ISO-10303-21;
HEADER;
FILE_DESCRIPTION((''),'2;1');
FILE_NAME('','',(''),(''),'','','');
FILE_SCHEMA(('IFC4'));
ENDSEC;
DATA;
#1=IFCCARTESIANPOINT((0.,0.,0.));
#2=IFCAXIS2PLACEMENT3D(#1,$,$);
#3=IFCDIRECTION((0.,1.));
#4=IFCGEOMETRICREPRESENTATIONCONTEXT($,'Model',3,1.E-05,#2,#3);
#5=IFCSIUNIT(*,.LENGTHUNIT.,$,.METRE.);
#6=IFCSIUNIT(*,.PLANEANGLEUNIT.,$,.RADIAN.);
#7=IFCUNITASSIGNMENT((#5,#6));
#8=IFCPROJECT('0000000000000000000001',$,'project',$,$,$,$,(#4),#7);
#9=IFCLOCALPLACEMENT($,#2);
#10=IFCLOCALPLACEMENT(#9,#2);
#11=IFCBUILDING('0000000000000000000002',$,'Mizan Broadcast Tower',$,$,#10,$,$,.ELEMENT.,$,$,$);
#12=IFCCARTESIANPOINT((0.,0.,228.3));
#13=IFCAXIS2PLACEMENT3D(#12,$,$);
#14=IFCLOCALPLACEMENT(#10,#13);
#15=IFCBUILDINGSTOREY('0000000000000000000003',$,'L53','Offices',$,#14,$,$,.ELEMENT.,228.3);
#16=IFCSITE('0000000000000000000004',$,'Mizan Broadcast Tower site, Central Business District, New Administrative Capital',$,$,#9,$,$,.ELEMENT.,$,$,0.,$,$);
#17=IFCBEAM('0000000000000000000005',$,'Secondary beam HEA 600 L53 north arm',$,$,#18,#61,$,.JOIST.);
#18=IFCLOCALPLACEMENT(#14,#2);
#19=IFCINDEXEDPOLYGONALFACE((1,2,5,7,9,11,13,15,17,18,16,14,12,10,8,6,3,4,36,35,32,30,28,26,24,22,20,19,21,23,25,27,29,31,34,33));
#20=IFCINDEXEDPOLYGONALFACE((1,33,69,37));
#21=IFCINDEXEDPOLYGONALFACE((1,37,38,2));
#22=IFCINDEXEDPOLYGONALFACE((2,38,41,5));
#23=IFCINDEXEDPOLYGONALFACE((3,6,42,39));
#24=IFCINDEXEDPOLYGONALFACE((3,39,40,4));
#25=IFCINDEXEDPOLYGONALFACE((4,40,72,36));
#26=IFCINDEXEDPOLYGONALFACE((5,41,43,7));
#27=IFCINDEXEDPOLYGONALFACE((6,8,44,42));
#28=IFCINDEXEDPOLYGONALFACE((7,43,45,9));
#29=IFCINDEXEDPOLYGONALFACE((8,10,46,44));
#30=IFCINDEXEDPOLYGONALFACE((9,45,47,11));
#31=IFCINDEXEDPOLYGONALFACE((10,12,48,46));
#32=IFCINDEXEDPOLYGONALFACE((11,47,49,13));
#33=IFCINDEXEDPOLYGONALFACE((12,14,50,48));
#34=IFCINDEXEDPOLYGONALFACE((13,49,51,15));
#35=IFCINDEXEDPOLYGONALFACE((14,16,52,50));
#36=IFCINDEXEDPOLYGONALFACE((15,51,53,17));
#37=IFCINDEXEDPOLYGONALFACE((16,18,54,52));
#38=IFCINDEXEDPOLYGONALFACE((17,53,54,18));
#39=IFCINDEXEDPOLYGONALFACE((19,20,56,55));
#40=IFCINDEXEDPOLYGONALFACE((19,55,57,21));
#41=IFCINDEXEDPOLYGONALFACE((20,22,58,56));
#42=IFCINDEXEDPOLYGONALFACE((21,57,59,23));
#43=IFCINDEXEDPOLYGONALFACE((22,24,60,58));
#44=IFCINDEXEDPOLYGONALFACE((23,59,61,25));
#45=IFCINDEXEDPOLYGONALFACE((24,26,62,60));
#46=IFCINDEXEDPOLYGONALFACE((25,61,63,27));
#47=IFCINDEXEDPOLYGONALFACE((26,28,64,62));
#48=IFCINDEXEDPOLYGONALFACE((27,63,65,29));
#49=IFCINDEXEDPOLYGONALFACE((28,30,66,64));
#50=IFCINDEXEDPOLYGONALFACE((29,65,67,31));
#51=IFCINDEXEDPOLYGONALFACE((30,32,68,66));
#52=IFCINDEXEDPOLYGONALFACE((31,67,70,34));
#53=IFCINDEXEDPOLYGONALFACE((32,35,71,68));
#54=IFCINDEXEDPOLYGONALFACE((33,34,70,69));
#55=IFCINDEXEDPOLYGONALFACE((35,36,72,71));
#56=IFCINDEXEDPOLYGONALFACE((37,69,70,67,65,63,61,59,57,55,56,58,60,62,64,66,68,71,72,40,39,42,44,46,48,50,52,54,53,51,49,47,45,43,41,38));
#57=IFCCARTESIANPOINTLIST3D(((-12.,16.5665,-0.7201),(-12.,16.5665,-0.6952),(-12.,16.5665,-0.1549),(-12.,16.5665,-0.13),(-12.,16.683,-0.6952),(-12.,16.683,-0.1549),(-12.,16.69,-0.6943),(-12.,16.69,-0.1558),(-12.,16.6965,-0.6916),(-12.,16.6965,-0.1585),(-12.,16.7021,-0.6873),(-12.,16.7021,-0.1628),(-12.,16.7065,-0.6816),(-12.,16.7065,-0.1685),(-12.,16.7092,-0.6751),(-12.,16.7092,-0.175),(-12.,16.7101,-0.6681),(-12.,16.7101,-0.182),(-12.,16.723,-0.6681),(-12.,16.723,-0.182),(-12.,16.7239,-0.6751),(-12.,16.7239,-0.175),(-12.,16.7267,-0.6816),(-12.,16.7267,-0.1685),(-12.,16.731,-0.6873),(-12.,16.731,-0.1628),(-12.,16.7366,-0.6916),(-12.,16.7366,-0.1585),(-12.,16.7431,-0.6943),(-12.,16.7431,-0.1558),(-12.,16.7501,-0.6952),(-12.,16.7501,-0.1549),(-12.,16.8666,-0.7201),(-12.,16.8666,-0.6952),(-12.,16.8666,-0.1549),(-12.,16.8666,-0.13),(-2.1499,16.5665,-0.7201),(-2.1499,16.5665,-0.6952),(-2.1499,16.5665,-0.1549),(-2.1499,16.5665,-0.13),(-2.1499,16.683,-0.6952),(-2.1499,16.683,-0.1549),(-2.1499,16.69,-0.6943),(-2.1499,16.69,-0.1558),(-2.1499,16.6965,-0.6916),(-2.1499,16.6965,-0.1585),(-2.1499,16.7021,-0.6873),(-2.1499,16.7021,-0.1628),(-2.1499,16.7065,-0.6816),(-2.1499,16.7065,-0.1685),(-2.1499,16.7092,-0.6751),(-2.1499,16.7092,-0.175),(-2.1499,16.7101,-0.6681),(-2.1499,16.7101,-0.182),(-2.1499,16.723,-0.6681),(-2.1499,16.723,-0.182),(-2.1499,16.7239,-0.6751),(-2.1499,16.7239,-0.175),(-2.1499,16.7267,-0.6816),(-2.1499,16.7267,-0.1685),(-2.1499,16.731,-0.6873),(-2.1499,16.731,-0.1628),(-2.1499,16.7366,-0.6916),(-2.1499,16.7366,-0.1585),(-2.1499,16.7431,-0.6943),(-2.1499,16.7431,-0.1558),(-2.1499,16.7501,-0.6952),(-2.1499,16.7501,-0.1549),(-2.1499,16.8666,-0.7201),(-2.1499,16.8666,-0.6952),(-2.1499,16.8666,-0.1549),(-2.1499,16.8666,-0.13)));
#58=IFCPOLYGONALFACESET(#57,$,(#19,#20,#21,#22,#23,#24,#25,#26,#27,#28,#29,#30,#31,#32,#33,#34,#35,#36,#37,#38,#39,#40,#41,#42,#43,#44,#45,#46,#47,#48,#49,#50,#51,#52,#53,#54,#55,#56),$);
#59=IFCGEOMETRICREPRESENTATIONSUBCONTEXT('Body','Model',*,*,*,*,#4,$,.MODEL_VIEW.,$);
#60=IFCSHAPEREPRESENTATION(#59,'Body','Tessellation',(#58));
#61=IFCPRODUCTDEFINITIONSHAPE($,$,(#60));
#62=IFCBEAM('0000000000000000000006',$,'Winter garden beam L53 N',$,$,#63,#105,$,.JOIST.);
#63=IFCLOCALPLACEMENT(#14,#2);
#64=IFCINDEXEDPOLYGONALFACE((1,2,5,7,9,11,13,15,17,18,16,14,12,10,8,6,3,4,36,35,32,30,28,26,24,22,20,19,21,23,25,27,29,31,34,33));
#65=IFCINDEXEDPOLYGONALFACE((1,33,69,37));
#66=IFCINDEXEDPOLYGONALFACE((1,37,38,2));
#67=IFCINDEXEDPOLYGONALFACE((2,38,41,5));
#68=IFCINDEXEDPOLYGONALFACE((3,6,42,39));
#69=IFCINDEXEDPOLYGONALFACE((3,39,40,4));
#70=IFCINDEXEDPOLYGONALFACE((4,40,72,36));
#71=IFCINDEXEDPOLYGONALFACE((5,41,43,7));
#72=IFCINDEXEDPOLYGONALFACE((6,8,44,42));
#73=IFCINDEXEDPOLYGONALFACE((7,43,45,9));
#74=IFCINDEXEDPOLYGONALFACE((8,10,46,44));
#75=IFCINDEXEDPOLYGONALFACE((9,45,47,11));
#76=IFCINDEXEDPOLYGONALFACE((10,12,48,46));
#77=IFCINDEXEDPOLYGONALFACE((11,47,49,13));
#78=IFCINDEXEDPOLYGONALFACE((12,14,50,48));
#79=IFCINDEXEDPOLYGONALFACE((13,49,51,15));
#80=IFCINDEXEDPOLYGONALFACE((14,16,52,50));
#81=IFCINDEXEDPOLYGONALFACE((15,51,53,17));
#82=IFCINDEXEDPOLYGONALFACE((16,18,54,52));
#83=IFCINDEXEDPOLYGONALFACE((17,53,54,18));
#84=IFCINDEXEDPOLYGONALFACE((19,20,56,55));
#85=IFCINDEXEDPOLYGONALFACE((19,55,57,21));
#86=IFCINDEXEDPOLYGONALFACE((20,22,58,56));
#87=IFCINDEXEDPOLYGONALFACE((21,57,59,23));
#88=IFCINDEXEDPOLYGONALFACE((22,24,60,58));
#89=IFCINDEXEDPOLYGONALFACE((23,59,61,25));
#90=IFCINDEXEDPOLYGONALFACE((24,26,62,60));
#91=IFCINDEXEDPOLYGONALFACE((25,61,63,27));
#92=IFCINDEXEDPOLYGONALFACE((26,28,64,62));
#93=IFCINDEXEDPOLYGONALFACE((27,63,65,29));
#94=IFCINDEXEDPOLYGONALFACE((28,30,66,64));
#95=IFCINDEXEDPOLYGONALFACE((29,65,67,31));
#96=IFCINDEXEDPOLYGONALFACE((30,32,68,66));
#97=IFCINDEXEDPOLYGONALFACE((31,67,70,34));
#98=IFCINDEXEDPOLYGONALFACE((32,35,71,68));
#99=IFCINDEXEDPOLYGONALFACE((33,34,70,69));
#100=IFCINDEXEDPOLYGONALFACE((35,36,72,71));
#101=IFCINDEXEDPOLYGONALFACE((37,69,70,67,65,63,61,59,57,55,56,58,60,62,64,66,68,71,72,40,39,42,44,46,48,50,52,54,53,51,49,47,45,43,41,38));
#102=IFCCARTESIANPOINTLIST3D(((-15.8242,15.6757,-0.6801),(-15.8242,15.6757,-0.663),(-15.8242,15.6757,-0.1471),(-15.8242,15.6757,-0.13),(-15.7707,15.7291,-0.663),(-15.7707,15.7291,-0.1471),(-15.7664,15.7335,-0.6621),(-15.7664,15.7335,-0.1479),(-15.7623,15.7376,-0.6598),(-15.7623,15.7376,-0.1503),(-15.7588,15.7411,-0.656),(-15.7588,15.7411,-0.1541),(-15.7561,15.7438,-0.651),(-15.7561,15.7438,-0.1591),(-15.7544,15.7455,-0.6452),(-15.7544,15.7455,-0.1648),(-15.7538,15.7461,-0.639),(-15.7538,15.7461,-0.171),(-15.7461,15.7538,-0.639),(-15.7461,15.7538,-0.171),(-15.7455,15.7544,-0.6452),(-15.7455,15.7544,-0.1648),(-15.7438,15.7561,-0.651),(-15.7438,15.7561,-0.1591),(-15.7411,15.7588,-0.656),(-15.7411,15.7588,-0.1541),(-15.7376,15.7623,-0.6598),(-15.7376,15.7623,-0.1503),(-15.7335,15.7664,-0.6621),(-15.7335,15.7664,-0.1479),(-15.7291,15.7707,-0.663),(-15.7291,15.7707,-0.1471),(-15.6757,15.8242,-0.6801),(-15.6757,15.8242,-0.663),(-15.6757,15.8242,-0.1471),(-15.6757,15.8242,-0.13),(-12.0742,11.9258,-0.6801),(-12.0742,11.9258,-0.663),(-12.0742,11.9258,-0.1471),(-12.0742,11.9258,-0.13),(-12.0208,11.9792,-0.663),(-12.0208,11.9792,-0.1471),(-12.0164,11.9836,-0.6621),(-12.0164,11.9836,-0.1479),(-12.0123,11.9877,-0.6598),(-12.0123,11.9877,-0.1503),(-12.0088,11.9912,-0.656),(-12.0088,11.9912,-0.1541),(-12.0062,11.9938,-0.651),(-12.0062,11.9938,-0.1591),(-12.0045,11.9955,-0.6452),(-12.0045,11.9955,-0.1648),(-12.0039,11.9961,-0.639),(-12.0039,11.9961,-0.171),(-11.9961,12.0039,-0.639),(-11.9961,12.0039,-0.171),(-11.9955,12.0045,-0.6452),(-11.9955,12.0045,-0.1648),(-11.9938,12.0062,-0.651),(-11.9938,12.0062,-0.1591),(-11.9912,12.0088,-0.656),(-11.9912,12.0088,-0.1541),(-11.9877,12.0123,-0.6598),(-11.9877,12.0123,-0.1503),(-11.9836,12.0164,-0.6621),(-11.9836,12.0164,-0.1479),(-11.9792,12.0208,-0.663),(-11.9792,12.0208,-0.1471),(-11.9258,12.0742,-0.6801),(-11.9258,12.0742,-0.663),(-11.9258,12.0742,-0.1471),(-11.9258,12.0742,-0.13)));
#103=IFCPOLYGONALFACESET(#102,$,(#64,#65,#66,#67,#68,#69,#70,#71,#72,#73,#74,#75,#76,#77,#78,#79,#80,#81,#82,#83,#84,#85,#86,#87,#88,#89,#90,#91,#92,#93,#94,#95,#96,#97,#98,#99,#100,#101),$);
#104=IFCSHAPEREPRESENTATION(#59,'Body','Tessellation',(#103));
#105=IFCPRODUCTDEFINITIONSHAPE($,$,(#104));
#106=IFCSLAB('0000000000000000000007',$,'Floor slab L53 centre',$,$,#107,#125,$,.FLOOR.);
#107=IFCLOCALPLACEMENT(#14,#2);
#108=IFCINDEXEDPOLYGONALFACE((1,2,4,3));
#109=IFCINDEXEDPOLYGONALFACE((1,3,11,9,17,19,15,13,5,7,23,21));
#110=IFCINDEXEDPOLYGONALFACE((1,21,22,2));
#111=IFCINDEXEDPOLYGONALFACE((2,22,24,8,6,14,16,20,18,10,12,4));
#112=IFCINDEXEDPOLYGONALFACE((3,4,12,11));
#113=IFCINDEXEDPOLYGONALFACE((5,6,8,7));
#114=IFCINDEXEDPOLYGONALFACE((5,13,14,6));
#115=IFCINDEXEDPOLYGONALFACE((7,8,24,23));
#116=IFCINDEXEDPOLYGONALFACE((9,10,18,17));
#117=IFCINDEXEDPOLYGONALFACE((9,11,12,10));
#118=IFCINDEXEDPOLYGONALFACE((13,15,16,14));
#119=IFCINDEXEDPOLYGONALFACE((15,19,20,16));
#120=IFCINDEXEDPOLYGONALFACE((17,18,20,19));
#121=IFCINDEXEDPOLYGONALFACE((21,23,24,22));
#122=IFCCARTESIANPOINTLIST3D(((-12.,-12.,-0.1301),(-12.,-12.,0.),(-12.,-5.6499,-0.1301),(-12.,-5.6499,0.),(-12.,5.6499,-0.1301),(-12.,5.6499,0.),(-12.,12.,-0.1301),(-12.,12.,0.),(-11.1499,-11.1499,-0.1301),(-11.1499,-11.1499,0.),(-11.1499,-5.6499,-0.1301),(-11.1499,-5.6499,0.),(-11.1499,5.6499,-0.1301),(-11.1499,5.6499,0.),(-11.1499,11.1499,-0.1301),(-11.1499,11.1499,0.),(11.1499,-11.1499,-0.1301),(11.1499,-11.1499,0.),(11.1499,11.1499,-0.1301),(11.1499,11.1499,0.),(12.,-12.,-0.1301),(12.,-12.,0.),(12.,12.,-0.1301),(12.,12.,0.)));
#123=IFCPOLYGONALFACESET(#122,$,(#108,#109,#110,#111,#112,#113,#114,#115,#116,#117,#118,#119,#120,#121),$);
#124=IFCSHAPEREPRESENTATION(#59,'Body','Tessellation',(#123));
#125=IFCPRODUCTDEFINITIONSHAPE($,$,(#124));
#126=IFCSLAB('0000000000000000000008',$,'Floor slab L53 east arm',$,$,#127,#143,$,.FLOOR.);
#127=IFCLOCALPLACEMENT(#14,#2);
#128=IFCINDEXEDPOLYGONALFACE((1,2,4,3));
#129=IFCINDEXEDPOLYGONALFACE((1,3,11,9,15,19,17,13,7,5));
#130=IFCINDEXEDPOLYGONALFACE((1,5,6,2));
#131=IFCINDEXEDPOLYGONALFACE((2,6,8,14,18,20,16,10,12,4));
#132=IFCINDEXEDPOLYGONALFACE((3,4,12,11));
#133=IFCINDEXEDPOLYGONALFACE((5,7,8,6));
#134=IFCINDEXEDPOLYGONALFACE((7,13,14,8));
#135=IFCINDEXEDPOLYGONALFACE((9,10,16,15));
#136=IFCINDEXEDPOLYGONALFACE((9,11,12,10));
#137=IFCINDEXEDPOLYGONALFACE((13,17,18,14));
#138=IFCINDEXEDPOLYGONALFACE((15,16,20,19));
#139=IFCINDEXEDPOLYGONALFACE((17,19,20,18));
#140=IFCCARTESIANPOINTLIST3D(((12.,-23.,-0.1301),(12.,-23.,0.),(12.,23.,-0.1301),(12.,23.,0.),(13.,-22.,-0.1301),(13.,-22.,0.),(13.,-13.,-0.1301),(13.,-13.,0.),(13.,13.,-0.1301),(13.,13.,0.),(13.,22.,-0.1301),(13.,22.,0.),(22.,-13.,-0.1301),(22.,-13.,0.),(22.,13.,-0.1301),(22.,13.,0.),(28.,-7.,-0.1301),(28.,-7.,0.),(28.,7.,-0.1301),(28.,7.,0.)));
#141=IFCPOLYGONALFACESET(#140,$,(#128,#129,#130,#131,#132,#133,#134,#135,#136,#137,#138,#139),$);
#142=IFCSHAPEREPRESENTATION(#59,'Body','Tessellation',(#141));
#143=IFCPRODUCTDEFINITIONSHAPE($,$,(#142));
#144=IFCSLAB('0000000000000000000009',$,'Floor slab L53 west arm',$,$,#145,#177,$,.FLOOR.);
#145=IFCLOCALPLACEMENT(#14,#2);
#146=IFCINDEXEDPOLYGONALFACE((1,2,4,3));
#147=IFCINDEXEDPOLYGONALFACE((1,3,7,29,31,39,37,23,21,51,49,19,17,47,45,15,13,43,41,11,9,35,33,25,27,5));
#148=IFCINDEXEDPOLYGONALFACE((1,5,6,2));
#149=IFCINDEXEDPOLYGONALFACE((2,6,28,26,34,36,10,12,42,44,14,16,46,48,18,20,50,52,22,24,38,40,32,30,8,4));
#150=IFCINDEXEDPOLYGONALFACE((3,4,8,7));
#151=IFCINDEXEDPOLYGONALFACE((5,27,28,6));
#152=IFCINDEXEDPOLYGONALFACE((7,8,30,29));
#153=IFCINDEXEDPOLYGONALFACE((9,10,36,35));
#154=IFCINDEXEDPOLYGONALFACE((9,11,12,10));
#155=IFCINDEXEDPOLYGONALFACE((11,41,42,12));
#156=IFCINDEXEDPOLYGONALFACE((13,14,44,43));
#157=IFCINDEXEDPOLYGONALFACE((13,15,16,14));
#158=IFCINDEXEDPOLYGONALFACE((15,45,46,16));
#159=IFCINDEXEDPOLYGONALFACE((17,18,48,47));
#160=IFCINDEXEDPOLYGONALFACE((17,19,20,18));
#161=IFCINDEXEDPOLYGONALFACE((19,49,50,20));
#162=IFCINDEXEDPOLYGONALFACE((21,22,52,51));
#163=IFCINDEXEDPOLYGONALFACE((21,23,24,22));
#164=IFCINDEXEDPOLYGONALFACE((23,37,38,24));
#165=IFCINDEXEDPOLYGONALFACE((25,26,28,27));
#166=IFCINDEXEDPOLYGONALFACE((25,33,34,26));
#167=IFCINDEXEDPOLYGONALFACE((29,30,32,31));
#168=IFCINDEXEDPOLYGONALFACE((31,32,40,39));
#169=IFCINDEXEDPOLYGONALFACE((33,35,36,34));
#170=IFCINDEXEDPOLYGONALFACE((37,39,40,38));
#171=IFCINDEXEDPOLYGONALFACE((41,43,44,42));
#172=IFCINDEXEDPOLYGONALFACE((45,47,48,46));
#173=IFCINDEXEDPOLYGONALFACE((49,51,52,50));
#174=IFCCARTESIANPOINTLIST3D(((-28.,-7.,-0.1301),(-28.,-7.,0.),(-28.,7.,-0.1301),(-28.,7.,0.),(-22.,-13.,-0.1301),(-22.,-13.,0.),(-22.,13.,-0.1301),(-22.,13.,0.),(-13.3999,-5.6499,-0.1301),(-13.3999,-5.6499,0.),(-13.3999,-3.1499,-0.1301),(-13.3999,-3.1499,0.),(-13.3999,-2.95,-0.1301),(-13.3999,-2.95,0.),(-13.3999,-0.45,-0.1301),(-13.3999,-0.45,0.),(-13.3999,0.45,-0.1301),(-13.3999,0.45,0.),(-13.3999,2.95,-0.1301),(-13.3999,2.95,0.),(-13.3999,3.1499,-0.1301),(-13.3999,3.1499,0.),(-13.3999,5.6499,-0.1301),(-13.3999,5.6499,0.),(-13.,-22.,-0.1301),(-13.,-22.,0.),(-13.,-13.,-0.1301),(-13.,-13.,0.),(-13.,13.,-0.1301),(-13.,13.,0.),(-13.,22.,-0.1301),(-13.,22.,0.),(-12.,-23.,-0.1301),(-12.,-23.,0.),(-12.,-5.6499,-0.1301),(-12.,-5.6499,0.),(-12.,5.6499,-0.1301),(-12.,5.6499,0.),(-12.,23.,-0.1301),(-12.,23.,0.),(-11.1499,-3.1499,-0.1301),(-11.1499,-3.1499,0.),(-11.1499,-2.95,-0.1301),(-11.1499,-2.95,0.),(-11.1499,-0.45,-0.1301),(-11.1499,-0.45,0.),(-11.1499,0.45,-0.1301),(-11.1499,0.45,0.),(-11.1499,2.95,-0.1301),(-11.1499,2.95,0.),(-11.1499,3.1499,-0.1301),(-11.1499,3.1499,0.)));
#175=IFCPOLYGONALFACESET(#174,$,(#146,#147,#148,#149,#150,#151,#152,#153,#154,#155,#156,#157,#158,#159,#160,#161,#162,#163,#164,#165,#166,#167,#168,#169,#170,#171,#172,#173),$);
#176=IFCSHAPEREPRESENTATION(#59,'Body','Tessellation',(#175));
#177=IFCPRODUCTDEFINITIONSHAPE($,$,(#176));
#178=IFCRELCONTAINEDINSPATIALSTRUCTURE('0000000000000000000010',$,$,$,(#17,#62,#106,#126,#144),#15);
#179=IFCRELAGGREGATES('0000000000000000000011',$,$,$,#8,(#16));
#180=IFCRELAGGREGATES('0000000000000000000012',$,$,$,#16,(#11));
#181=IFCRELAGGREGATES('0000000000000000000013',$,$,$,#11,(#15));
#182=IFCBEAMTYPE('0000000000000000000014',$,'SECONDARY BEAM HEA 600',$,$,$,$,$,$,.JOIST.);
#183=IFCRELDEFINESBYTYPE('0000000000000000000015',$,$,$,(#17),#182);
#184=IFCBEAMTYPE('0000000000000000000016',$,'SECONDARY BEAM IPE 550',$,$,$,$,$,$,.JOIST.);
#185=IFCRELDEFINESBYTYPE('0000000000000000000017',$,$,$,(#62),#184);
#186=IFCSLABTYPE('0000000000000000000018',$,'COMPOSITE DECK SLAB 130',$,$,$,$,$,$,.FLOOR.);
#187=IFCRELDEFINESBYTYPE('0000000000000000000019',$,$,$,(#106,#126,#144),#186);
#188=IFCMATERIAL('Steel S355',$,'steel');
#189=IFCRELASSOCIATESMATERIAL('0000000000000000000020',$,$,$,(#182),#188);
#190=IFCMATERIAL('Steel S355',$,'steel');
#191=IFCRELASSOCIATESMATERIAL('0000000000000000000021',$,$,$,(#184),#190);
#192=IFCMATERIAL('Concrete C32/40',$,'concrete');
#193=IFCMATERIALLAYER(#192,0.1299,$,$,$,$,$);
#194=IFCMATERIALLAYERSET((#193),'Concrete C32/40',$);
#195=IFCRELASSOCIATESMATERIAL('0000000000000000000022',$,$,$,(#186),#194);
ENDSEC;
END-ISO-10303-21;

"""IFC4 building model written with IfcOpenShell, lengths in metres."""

from ifc_helpers import new_model, si_unit, direction, frame, origin, origin_2d, place, context, subcontext, project, spatial, polyline, i_section, outline, extrude, material, layer, layer_set, material_profile, profile_set, type_object, element, save


model = new_model("IFC4")

# Units and contexts
model_context = context("Model", 3, precision=1e-05, world=origin(), true_north=direction((0.0, 1.0)))
body_context = subcontext(model_context, "Body", "Model", "MODEL_VIEW")
ifc_project = project(units=[si_unit("LENGTHUNIT", "METRE"), si_unit("PLANEANGLEUNIT", "RADIAN")], contexts=[model_context])

# Site, building, storey
site_placement = place(None, origin())
site = spatial("IfcSite", under=ifc_project, at=site_placement, Name="Mizan Broadcast Tower site, Central Business District, New Administrative Capital", CompositionType="ELEMENT", RefElevation=0.0)
building_placement = place(site_placement, origin())
building = spatial("IfcBuilding", under=site, at=building_placement, Name="Mizan Broadcast Tower", CompositionType="ELEMENT")
storey_placement = place(building_placement, frame((0.0, 0.0, 228.3)))
storey = spatial("IfcBuildingStorey", under=building, at=storey_placement, Name="L53", Description="Offices", CompositionType="ELEMENT", Elevation=228.3)

# Beams
ifc_material_1 = material(Name="Steel S355", Category="steel")
ifc_material_profile_1 = material_profile(ifc_material_1, i_section(OverallWidth=0.3, OverallDepth=0.5901, WebThickness=0.0129, FlangeThickness=0.0249, FilletRadius=0.0271, at=origin_2d()), Name="HEA 600")
ifc_profile_set_1 = profile_set([ifc_material_profile_1], Name="Steel S355")
beam_type_1 = type_object("IfcBeamType", Name="SECONDARY BEAM HEA 600", PredefinedType="JOIST", material=ifc_profile_set_1)
for number, where, z_axis, x_axis, name in (
    (1, (-12.0, 16.7166, -0.425), (1.0, 0.0, 0.0), (0.0, 1.0, 0.0), "Secondary beam HEA 600 L53 north arm"),
):
    element("IfcBeam", number, at=place(storey_placement, frame(where, z_axis=z_axis, x_axis=x_axis)), inside=storey, type_object=beam_type_1, Name=name, PredefinedType="JOIST", context=body_context, shape_type="SweptSolid", body=[
        extrude(i_section(OverallWidth=0.3, OverallDepth=0.5901, WebThickness=0.0129, FlangeThickness=0.0249, FilletRadius=0.0271, at=origin_2d()), origin(), (0.0, 0.0, 1.0), 9.8501),
    ])
ifc_material_2 = material(Name="Steel S355", Category="steel")
ifc_material_profile_2 = material_profile(ifc_material_2, i_section(OverallWidth=0.21, OverallDepth=0.55, WebThickness=0.011, FlangeThickness=0.0171, FilletRadius=0.0239, at=origin_2d()), Name="IPE 550")
ifc_profile_set_2 = profile_set([ifc_material_profile_2], Name="Steel S355")
beam_type_2 = type_object("IfcBeamType", Name="SECONDARY BEAM IPE 550", PredefinedType="JOIST", material=ifc_profile_set_2)
beam_1_placement = place(storey_placement, frame((-12.0, 12.0, -0.405), z_axis=(-0.707107, 0.707107, 0.0), x_axis=(-0.707107, -0.707107, 0.0)))
element("IfcBeam", 2, at=beam_1_placement, inside=storey, type_object=beam_type_2, Name="Winter garden beam L53 N", PredefinedType="JOIST", context=body_context, shape_type="SweptSolid", body=[
    extrude(i_section(OverallWidth=0.21, OverallDepth=0.55, WebThickness=0.011, FlangeThickness=0.0171, FilletRadius=0.0239, at=origin_2d()), origin(), (0.0, 0.0, 1.0), 5.3032),
])

# Slabs
ifc_material_3 = material(Name="Concrete C32/40", Category="concrete")
ifc_layer_1 = layer(ifc_material_3, 0.1299)
ifc_layer_set_1 = layer_set([ifc_layer_1], Name="Concrete C32/40")
slab_type = type_object("IfcSlabType", Name="COMPOSITE DECK SLAB 130", PredefinedType="FLOOR", material=ifc_layer_set_1)
slab_1_placement = place(storey_placement, frame((0.0, 0.0, -0.1301)))
element("IfcSlab", 3, at=slab_1_placement, inside=storey, type_object=slab_type, Name="Floor slab L53 centre", PredefinedType="FLOOR", context=body_context, shape_type="SweptSolid", body=[
    extrude(outline(polyline([(-11.1499, -5.6499), (-12.0, -5.6499), (-12.0, -12.0), (12.0, -12.0), (12.0, 12.0), (-12.0, 12.0), (-12.0, 5.6499), (-11.1499, 5.6499), (-11.1499, 11.1499), (11.1499, 11.1499), (11.1499, -11.1499), (-11.1499, -11.1499), (-11.1499, -5.6499)])), origin(), (0.0, 0.0, 1.0), 0.1301),
])
slab_2_placement = place(storey_placement, frame((0.0, 0.0, -0.1301)))
element("IfcSlab", 4, at=slab_2_placement, inside=storey, type_object=slab_type, Name="Floor slab L53 east arm", PredefinedType="FLOOR", context=body_context, shape_type="SweptSolid", body=[
    extrude(outline(polyline([(13.0, 22.0), (12.0, 23.0), (12.0, -23.0), (13.0, -22.0), (13.0, -13.0), (22.0, -13.0), (28.0, -7.0), (28.0, 7.0), (22.0, 13.0), (13.0, 13.0), (13.0, 22.0)])), origin(), (0.0, 0.0, 1.0), 0.1301),
])
slab_3_placement = place(storey_placement, frame((0.0, 0.0, -0.1301)))
element("IfcSlab", 5, at=slab_3_placement, inside=storey, type_object=slab_type, Name="Floor slab L53 west arm", PredefinedType="FLOOR", context=body_context, shape_type="SweptSolid", body=[
    extrude(outline(polyline([(-22.0, 13.0), (-28.0, 7.0), (-28.0, -7.0), (-22.0, -13.0), (-13.0, -13.0), (-13.0, -22.0), (-12.0, -23.0), (-12.0, -5.6499), (-13.3999, -5.6499), (-13.3999, -3.1499), (-11.1499, -3.1499), (-11.1499, -2.95), (-13.3999, -2.95), (-13.3999, -0.45), (-11.1499, -0.45), (-11.1499, 0.45), (-13.3999, 0.45), (-13.3999, 2.95), (-11.1499, 2.95), (-11.1499, 3.1499), (-13.3999, 3.1499), (-13.3999, 5.6499), (-12.0, 5.6499), (-12.0, 23.0), (-13.0, 22.0), (-13.0, 13.0), (-22.0, 13.0)])), origin(), (0.0, 0.0, 1.0), 0.1301),
])

save(model, "model.ifc")
